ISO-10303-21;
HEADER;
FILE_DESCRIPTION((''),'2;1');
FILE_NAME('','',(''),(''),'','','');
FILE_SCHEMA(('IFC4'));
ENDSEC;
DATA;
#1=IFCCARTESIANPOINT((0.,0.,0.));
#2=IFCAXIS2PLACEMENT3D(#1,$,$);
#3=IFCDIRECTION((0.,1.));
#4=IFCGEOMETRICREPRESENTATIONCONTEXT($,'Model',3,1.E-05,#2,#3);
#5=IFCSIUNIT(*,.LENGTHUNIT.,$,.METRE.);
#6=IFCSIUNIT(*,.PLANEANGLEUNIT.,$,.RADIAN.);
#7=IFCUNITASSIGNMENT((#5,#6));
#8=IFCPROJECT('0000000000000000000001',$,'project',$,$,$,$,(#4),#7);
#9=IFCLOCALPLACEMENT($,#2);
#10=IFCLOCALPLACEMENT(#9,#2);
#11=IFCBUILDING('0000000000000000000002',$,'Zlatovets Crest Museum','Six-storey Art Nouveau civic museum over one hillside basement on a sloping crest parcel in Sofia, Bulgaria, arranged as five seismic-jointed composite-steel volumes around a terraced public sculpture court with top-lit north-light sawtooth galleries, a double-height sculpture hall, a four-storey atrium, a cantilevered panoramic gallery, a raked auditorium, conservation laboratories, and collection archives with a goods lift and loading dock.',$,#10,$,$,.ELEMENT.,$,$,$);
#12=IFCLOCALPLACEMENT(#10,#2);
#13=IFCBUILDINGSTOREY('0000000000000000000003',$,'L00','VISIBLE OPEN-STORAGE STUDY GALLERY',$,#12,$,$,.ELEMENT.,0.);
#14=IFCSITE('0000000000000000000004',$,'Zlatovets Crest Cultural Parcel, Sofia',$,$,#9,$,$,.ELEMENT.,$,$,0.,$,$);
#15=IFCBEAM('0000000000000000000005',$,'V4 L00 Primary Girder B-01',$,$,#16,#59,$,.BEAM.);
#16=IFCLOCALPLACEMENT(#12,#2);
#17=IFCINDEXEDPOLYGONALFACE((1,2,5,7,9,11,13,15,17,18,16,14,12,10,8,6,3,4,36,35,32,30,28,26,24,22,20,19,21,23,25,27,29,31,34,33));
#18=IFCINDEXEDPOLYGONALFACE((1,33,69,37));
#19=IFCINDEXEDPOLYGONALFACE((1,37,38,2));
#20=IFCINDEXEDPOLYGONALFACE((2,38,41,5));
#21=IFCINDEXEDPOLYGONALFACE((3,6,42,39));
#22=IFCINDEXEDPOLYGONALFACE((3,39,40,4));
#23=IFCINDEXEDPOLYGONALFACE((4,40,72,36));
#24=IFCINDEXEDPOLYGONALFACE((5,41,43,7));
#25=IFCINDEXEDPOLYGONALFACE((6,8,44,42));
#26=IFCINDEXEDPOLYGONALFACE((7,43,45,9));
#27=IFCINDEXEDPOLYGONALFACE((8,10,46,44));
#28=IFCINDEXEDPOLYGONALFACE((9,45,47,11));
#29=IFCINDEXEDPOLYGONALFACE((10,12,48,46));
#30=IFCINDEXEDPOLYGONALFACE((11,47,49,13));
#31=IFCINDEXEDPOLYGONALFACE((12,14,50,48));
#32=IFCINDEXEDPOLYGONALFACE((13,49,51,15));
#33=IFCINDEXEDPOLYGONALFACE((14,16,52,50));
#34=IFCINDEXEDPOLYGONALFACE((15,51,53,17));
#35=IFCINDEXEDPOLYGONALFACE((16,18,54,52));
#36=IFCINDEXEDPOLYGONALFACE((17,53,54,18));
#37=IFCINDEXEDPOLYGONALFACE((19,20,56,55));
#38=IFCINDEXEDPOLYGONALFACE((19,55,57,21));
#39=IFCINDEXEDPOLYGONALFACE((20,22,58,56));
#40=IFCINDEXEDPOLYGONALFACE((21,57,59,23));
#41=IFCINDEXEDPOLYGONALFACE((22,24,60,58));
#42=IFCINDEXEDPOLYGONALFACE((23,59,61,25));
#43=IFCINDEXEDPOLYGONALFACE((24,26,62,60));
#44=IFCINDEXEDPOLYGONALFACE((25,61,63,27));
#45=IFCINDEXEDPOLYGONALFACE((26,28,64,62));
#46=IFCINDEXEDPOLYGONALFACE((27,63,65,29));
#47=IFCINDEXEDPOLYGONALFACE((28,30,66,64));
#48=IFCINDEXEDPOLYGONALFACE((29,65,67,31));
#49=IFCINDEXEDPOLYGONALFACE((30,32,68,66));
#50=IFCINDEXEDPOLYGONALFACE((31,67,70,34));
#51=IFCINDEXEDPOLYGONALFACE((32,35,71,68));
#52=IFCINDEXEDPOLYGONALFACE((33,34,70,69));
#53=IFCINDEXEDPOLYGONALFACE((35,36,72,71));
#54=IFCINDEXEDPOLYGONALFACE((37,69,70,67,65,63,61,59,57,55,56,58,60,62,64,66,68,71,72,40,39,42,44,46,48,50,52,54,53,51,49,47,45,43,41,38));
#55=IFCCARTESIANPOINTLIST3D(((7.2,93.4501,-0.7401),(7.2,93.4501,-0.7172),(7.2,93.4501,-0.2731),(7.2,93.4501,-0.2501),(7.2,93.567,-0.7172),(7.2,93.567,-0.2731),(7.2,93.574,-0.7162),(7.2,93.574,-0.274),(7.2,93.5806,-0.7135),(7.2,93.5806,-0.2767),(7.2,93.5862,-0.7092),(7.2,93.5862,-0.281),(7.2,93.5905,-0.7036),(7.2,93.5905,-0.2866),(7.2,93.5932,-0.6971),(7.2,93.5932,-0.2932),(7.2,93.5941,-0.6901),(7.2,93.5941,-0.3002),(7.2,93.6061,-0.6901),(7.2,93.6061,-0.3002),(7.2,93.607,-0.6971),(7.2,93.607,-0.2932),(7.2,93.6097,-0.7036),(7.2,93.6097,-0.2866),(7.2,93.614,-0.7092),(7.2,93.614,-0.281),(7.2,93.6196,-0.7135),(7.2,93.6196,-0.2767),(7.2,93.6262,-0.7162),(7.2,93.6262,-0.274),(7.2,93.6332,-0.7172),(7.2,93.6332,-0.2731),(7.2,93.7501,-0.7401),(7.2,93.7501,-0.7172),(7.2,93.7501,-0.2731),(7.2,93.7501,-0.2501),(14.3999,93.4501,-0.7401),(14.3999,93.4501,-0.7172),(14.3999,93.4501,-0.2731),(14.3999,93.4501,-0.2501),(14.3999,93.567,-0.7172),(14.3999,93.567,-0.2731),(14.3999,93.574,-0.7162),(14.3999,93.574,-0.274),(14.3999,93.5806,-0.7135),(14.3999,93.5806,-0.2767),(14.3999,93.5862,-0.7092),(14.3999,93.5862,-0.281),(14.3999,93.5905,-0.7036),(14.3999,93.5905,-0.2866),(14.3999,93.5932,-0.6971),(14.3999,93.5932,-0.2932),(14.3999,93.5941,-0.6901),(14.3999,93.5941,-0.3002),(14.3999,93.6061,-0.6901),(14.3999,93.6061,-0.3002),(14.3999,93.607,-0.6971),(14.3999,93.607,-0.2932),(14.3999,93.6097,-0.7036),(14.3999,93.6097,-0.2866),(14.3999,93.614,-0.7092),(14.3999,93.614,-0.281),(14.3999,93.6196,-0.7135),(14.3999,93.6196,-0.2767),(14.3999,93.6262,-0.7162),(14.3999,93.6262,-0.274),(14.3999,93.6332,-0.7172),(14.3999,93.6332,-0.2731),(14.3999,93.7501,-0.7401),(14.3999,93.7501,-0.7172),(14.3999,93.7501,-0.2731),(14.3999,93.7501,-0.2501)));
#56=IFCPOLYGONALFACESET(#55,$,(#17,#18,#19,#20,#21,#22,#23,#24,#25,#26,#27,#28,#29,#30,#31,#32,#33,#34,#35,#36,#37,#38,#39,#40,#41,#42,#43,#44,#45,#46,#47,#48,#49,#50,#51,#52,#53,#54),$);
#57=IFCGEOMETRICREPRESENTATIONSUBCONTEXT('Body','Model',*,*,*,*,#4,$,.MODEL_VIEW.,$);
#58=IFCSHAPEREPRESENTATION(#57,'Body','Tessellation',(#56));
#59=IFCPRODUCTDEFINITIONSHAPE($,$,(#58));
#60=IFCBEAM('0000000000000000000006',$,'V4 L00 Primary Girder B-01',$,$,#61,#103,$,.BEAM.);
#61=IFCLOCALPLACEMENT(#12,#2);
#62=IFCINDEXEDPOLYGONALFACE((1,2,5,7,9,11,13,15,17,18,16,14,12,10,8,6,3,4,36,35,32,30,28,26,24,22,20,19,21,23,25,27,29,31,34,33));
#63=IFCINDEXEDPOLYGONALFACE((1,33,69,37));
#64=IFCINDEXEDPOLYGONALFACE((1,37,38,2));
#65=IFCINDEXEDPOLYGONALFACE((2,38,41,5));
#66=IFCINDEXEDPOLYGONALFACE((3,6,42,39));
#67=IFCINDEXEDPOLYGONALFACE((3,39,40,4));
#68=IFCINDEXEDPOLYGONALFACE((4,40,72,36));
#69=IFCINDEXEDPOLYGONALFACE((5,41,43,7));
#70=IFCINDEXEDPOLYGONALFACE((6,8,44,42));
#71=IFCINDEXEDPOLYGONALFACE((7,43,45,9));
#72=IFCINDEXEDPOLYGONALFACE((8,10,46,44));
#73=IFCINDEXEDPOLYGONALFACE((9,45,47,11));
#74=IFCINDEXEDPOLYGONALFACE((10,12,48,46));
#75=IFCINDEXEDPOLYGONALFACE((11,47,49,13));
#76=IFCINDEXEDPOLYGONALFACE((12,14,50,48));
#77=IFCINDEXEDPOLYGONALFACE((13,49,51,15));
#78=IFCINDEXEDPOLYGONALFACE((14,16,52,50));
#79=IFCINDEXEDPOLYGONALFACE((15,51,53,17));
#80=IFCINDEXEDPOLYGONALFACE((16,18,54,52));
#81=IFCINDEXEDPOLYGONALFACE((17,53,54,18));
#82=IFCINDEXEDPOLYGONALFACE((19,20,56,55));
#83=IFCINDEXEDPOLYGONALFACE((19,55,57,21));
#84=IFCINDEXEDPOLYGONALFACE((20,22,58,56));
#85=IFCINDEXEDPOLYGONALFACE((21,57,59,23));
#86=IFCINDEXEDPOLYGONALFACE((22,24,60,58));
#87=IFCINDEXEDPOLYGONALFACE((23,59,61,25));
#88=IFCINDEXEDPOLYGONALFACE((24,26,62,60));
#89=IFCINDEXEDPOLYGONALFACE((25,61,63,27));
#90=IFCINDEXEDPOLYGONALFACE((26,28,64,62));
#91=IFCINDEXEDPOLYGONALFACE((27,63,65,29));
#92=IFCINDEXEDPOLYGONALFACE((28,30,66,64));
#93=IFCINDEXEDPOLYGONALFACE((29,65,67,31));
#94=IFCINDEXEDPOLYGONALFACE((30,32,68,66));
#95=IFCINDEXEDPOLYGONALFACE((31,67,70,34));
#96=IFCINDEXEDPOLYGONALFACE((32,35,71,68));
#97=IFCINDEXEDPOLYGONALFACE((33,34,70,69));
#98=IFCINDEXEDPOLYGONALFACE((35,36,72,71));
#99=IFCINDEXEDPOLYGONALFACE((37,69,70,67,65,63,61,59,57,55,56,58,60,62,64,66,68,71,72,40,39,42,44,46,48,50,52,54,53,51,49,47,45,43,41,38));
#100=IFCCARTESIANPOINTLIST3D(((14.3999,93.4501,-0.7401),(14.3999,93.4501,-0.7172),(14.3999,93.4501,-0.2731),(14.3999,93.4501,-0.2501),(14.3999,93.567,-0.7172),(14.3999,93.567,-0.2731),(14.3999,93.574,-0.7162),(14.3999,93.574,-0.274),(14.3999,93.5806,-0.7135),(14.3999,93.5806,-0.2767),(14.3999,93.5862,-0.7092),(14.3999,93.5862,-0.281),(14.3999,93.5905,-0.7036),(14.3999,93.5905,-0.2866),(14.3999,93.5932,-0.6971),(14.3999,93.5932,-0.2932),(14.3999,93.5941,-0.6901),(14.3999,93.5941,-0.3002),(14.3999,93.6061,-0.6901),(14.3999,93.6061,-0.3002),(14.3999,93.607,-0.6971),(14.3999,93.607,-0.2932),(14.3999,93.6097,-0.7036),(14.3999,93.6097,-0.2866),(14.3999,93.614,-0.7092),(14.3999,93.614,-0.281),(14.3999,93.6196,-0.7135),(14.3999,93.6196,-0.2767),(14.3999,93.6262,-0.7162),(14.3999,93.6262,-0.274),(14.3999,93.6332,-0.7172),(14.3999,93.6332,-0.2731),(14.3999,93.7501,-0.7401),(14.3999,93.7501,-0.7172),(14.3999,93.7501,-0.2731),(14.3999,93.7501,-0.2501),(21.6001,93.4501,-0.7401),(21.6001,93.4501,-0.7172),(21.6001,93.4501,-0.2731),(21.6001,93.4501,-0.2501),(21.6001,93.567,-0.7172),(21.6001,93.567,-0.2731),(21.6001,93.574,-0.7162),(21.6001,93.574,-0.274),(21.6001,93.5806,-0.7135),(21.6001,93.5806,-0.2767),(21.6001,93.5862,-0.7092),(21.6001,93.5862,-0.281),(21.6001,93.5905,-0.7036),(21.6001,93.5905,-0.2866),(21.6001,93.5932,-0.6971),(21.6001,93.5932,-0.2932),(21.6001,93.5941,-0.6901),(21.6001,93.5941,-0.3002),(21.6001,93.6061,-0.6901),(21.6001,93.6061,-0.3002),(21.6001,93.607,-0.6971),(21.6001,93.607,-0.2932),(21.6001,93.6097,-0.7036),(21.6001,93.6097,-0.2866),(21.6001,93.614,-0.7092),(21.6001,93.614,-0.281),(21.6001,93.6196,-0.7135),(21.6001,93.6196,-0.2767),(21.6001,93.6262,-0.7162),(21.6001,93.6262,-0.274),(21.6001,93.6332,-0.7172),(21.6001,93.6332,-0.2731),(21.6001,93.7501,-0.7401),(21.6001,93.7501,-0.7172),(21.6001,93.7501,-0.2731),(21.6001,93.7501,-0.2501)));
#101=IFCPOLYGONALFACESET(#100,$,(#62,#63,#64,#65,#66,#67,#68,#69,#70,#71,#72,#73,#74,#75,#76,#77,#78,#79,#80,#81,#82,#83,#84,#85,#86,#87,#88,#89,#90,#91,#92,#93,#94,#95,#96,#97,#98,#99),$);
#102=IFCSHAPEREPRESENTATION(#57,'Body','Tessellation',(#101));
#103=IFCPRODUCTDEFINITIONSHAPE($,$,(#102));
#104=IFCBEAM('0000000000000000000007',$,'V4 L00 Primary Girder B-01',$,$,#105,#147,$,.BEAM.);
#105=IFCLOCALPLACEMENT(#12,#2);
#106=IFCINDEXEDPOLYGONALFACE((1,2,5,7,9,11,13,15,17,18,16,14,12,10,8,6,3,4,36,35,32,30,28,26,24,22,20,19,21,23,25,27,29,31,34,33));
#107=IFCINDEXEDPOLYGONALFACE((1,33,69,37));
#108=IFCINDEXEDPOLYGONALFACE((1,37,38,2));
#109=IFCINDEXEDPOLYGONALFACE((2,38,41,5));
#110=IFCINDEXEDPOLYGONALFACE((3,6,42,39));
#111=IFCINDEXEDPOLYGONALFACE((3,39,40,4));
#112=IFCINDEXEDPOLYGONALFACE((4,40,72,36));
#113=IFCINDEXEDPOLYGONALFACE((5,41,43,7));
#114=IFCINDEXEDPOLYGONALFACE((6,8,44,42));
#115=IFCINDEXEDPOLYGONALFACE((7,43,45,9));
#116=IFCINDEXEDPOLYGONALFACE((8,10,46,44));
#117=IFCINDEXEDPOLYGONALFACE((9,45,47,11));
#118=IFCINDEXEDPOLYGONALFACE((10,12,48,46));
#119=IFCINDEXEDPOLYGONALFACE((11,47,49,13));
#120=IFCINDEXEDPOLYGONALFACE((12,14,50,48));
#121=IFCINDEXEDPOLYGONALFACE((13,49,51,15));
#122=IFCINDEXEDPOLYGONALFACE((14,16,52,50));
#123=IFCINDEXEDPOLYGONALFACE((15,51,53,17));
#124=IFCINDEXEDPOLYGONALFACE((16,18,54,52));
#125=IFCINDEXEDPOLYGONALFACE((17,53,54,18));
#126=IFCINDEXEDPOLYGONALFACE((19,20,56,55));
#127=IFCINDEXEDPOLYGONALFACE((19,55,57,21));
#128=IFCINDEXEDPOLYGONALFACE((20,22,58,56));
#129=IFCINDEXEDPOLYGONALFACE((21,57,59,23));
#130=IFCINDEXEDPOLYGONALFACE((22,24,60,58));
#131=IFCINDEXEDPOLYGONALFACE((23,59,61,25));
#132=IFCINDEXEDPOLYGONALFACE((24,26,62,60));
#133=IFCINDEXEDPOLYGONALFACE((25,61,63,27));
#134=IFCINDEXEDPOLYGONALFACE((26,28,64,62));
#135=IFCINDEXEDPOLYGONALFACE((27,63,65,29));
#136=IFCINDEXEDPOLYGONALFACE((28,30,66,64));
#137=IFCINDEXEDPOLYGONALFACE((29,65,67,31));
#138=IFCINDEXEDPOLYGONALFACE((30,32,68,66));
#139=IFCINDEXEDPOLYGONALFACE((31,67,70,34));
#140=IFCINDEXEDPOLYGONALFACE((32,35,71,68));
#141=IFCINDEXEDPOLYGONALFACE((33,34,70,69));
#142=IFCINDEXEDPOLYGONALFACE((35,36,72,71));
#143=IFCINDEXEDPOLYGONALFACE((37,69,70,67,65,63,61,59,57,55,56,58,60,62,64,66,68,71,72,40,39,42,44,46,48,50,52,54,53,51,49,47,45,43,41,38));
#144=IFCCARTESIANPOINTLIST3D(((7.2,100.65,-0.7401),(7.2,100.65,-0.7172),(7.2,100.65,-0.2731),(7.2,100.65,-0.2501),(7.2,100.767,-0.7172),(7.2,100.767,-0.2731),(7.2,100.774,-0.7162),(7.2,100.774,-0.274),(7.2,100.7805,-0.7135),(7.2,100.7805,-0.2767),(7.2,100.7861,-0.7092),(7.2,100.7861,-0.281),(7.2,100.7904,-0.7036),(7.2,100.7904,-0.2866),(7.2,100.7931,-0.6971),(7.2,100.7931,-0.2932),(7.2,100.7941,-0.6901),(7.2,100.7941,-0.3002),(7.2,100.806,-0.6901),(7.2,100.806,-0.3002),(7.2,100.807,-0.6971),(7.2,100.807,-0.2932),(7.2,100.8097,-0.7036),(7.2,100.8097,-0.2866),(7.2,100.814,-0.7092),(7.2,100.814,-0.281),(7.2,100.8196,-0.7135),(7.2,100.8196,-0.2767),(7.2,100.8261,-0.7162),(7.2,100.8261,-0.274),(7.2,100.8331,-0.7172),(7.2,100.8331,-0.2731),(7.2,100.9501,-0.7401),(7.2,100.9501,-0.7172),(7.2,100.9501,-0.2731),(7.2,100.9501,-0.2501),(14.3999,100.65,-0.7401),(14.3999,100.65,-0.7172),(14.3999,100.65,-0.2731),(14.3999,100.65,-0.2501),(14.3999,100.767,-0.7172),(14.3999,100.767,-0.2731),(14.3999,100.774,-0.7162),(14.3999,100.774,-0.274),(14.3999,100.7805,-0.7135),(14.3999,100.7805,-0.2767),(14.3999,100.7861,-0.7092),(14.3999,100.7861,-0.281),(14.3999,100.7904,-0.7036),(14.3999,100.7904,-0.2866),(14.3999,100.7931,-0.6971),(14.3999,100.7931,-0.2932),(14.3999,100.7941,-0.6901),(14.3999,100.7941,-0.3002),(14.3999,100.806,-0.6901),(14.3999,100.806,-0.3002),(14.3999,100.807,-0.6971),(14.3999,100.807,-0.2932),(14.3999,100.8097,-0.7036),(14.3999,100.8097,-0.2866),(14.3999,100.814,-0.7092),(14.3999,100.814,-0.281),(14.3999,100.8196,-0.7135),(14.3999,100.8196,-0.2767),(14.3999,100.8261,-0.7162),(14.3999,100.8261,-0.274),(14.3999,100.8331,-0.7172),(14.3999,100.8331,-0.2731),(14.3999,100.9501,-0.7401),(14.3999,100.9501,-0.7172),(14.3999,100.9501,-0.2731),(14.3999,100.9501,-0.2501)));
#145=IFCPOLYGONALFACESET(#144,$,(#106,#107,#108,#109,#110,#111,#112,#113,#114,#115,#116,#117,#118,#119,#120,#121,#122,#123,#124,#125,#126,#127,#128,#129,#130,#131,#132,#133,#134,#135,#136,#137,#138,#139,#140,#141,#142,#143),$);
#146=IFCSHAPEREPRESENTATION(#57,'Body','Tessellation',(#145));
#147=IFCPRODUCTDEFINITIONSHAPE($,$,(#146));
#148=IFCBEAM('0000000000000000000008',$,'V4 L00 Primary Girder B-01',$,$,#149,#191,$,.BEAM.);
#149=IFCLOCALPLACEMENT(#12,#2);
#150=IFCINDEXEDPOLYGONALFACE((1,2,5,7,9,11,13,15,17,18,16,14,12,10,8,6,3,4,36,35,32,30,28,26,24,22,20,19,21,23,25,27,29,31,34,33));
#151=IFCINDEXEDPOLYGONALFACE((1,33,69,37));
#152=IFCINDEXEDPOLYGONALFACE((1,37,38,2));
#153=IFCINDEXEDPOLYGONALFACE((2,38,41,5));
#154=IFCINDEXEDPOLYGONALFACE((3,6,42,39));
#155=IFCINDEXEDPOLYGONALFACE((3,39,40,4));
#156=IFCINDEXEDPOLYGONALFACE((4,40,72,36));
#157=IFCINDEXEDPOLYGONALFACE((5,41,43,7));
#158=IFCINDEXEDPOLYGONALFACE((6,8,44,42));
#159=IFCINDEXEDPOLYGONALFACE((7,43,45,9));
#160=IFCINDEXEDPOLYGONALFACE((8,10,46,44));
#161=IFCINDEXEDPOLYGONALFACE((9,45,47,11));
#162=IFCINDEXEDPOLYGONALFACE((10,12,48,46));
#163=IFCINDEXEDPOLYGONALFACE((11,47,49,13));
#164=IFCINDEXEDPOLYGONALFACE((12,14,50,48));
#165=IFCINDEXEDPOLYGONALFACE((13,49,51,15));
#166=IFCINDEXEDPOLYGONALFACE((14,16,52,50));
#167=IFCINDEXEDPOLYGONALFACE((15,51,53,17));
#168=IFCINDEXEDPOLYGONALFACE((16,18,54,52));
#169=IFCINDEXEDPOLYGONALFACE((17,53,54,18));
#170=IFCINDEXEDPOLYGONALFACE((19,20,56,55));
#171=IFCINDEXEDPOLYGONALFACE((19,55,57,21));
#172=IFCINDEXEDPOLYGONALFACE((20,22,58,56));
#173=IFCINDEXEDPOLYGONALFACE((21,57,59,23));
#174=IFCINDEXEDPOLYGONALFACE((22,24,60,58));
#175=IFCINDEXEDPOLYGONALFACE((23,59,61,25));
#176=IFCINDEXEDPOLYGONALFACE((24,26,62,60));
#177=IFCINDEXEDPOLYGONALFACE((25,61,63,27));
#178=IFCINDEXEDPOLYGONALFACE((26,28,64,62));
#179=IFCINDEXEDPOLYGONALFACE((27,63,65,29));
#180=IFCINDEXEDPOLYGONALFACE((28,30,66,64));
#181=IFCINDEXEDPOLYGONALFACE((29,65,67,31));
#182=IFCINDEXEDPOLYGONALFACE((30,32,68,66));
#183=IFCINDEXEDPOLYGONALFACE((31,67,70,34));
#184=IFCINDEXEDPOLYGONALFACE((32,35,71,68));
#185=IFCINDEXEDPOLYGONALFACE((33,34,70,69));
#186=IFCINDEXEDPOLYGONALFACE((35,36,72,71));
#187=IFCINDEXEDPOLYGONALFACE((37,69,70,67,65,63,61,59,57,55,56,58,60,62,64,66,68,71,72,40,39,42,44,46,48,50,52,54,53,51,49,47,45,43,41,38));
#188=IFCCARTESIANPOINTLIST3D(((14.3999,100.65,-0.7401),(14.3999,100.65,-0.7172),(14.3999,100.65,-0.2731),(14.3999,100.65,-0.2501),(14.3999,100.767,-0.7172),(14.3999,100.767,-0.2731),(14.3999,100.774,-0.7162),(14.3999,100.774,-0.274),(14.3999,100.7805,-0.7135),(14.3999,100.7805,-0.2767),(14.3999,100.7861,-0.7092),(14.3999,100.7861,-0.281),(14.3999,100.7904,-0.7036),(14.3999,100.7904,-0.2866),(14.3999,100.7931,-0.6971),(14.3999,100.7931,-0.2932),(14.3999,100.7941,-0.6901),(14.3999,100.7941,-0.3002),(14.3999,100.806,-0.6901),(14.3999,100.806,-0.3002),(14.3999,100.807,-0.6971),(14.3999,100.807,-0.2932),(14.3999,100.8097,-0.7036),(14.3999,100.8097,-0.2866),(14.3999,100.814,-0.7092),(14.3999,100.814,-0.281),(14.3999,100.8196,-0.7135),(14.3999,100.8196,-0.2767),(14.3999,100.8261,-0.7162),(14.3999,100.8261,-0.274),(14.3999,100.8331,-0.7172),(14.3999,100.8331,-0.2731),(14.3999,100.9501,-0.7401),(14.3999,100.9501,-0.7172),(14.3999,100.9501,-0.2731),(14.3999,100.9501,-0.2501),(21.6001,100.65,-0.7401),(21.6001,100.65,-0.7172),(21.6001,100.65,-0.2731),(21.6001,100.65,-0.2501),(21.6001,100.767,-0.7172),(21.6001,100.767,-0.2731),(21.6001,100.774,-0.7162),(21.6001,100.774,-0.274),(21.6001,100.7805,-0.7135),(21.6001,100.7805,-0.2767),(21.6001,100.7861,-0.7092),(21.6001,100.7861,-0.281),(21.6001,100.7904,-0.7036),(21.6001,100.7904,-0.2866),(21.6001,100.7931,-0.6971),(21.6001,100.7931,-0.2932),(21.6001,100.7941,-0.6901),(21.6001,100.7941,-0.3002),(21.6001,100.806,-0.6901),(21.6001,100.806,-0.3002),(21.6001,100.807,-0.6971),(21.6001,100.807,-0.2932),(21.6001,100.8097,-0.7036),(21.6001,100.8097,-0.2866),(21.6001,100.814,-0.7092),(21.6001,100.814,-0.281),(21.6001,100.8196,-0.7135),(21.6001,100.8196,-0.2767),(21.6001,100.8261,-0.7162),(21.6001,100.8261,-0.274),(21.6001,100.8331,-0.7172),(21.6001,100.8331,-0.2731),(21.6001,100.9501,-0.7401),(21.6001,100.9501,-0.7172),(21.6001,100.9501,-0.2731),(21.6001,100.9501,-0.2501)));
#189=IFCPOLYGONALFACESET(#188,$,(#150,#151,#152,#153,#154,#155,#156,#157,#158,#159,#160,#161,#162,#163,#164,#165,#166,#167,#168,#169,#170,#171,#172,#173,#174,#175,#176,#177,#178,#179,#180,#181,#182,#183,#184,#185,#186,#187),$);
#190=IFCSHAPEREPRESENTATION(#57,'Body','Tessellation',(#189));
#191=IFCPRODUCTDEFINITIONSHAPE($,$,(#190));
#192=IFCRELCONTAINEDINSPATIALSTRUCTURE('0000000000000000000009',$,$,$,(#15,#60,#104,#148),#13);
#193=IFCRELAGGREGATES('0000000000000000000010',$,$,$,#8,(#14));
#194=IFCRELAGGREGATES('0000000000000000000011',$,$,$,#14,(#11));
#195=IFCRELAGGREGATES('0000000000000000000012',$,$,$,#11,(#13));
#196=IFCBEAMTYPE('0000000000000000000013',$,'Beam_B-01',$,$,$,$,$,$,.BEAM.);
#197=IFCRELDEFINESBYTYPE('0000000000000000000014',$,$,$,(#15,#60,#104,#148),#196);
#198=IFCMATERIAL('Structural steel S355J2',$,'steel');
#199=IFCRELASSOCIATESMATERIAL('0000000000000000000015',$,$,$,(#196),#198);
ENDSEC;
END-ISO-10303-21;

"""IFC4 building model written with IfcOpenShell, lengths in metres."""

from ifc_helpers import new_model, si_unit, direction, frame, origin, origin_2d, place, context, subcontext, project, spatial, i_section, extrude, material, material_profile, profile_set, type_object, element, save


model = new_model("IFC4")

# Units and contexts
model_context = context("Model", 3, precision=1e-05, world=origin(), true_north=direction((0.0, 1.0)))
body_context = subcontext(model_context, "Body", "Model", "MODEL_VIEW")
ifc_project = project(units=[si_unit("LENGTHUNIT", "METRE"), si_unit("PLANEANGLEUNIT", "RADIAN")], contexts=[model_context])

# Site, building, storey
site_placement = place(None, origin())
site = spatial("IfcSite", under=ifc_project, at=site_placement, Name="Zlatovets Crest Cultural Parcel, Sofia", CompositionType="ELEMENT", RefElevation=0.0)
building_placement = place(site_placement, origin())
building = spatial("IfcBuilding", under=site, at=building_placement, Name="Zlatovets Crest Museum", Description="Six-storey Art Nouveau civic museum over one hillside basement on a sloping crest parcel in Sofia, Bulgaria, arranged as five seismic-jointed composite-steel volumes around a terraced public sculpture court with top-lit north-light sawtooth galleries, a double-height sculpture hall, a four-storey atrium, a cantilevered panoramic gallery, a raked auditorium, conservation laboratories, and collection archives with a goods lift and loading dock.", CompositionType="ELEMENT")
storey_placement = place(building_placement, origin())
storey = spatial("IfcBuildingStorey", under=building, at=storey_placement, Name="L00", Description="VISIBLE OPEN-STORAGE STUDY GALLERY", CompositionType="ELEMENT", Elevation=0.0)

# Shared definitions
ifc_material_1 = material(Name="Structural steel S355J2", Category="steel")

# Beams
ifc_material_profile_1 = material_profile(ifc_material_1, i_section(OverallWidth=0.3, OverallDepth=0.49, WebThickness=0.012, FlangeThickness=0.0229, FilletRadius=0.0271, at=origin_2d()), Name="HEA 500")
ifc_profile_set_1 = profile_set([ifc_material_profile_1], Name="Structural steel S355J2")
beam_type_1 = type_object("IfcBeamType", Name="Beam_B-01", PredefinedType="BEAM", material=ifc_profile_set_1)
beam_1_placement = place(storey_placement, frame((7.2, 93.6001, -0.4951), z_axis=(1.0, 0.0, 0.0), x_axis=(0.0, 1.0, 0.0)))
element("IfcBeam", 1, at=beam_1_placement, inside=storey, type_object=beam_type_1, Name="V4 L00 Primary Girder B-01", PredefinedType="BEAM", context=body_context, shape_type="SweptSolid", body=[
    extrude(i_section(OverallWidth=0.3, OverallDepth=0.49, WebThickness=0.012, FlangeThickness=0.0229, FilletRadius=0.0271, at=origin_2d()), origin(), (0.0, 0.0, 1.0), 7.2),
])
beam_2_placement = place(storey_placement, frame((14.3999, 93.6001, -0.4951), z_axis=(1.0, 0.0, 0.0), x_axis=(0.0, 1.0, 0.0)))
element("IfcBeam", 2, at=beam_2_placement, inside=storey, type_object=beam_type_1, Name="V4 L00 Primary Girder B-01", PredefinedType="BEAM", context=body_context, shape_type="SweptSolid", body=[
    extrude(i_section(OverallWidth=0.3, OverallDepth=0.49, WebThickness=0.012, FlangeThickness=0.0229, FilletRadius=0.0271, at=origin_2d()), origin(), (0.0, 0.0, 1.0), 7.2002),
])
beam_3_placement = place(storey_placement, frame((7.2, 100.8, -0.4951), z_axis=(1.0, 0.0, 0.0), x_axis=(0.0, 1.0, 0.0)))
element("IfcBeam", 3, at=beam_3_placement, inside=storey, type_object=beam_type_1, Name="V4 L00 Primary Girder B-01", PredefinedType="BEAM", context=body_context, shape_type="SweptSolid", body=[
    extrude(i_section(OverallWidth=0.3, OverallDepth=0.49, WebThickness=0.012, FlangeThickness=0.0229, FilletRadius=0.0271, at=origin_2d()), origin(), (0.0, 0.0, 1.0), 7.2),
])
beam_4_placement = place(storey_placement, frame((14.3999, 100.8, -0.4951), z_axis=(1.0, 0.0, 0.0), x_axis=(0.0, 1.0, 0.0)))
element("IfcBeam", 4, at=beam_4_placement, inside=storey, type_object=beam_type_1, Name="V4 L00 Primary Girder B-01", PredefinedType="BEAM", context=body_context, shape_type="SweptSolid", body=[
    extrude(i_section(OverallWidth=0.3, OverallDepth=0.49, WebThickness=0.012, FlangeThickness=0.0229, FilletRadius=0.0271, at=origin_2d()), origin(), (0.0, 0.0, 1.0), 7.2002),
])

save(model, "model.ifc")
